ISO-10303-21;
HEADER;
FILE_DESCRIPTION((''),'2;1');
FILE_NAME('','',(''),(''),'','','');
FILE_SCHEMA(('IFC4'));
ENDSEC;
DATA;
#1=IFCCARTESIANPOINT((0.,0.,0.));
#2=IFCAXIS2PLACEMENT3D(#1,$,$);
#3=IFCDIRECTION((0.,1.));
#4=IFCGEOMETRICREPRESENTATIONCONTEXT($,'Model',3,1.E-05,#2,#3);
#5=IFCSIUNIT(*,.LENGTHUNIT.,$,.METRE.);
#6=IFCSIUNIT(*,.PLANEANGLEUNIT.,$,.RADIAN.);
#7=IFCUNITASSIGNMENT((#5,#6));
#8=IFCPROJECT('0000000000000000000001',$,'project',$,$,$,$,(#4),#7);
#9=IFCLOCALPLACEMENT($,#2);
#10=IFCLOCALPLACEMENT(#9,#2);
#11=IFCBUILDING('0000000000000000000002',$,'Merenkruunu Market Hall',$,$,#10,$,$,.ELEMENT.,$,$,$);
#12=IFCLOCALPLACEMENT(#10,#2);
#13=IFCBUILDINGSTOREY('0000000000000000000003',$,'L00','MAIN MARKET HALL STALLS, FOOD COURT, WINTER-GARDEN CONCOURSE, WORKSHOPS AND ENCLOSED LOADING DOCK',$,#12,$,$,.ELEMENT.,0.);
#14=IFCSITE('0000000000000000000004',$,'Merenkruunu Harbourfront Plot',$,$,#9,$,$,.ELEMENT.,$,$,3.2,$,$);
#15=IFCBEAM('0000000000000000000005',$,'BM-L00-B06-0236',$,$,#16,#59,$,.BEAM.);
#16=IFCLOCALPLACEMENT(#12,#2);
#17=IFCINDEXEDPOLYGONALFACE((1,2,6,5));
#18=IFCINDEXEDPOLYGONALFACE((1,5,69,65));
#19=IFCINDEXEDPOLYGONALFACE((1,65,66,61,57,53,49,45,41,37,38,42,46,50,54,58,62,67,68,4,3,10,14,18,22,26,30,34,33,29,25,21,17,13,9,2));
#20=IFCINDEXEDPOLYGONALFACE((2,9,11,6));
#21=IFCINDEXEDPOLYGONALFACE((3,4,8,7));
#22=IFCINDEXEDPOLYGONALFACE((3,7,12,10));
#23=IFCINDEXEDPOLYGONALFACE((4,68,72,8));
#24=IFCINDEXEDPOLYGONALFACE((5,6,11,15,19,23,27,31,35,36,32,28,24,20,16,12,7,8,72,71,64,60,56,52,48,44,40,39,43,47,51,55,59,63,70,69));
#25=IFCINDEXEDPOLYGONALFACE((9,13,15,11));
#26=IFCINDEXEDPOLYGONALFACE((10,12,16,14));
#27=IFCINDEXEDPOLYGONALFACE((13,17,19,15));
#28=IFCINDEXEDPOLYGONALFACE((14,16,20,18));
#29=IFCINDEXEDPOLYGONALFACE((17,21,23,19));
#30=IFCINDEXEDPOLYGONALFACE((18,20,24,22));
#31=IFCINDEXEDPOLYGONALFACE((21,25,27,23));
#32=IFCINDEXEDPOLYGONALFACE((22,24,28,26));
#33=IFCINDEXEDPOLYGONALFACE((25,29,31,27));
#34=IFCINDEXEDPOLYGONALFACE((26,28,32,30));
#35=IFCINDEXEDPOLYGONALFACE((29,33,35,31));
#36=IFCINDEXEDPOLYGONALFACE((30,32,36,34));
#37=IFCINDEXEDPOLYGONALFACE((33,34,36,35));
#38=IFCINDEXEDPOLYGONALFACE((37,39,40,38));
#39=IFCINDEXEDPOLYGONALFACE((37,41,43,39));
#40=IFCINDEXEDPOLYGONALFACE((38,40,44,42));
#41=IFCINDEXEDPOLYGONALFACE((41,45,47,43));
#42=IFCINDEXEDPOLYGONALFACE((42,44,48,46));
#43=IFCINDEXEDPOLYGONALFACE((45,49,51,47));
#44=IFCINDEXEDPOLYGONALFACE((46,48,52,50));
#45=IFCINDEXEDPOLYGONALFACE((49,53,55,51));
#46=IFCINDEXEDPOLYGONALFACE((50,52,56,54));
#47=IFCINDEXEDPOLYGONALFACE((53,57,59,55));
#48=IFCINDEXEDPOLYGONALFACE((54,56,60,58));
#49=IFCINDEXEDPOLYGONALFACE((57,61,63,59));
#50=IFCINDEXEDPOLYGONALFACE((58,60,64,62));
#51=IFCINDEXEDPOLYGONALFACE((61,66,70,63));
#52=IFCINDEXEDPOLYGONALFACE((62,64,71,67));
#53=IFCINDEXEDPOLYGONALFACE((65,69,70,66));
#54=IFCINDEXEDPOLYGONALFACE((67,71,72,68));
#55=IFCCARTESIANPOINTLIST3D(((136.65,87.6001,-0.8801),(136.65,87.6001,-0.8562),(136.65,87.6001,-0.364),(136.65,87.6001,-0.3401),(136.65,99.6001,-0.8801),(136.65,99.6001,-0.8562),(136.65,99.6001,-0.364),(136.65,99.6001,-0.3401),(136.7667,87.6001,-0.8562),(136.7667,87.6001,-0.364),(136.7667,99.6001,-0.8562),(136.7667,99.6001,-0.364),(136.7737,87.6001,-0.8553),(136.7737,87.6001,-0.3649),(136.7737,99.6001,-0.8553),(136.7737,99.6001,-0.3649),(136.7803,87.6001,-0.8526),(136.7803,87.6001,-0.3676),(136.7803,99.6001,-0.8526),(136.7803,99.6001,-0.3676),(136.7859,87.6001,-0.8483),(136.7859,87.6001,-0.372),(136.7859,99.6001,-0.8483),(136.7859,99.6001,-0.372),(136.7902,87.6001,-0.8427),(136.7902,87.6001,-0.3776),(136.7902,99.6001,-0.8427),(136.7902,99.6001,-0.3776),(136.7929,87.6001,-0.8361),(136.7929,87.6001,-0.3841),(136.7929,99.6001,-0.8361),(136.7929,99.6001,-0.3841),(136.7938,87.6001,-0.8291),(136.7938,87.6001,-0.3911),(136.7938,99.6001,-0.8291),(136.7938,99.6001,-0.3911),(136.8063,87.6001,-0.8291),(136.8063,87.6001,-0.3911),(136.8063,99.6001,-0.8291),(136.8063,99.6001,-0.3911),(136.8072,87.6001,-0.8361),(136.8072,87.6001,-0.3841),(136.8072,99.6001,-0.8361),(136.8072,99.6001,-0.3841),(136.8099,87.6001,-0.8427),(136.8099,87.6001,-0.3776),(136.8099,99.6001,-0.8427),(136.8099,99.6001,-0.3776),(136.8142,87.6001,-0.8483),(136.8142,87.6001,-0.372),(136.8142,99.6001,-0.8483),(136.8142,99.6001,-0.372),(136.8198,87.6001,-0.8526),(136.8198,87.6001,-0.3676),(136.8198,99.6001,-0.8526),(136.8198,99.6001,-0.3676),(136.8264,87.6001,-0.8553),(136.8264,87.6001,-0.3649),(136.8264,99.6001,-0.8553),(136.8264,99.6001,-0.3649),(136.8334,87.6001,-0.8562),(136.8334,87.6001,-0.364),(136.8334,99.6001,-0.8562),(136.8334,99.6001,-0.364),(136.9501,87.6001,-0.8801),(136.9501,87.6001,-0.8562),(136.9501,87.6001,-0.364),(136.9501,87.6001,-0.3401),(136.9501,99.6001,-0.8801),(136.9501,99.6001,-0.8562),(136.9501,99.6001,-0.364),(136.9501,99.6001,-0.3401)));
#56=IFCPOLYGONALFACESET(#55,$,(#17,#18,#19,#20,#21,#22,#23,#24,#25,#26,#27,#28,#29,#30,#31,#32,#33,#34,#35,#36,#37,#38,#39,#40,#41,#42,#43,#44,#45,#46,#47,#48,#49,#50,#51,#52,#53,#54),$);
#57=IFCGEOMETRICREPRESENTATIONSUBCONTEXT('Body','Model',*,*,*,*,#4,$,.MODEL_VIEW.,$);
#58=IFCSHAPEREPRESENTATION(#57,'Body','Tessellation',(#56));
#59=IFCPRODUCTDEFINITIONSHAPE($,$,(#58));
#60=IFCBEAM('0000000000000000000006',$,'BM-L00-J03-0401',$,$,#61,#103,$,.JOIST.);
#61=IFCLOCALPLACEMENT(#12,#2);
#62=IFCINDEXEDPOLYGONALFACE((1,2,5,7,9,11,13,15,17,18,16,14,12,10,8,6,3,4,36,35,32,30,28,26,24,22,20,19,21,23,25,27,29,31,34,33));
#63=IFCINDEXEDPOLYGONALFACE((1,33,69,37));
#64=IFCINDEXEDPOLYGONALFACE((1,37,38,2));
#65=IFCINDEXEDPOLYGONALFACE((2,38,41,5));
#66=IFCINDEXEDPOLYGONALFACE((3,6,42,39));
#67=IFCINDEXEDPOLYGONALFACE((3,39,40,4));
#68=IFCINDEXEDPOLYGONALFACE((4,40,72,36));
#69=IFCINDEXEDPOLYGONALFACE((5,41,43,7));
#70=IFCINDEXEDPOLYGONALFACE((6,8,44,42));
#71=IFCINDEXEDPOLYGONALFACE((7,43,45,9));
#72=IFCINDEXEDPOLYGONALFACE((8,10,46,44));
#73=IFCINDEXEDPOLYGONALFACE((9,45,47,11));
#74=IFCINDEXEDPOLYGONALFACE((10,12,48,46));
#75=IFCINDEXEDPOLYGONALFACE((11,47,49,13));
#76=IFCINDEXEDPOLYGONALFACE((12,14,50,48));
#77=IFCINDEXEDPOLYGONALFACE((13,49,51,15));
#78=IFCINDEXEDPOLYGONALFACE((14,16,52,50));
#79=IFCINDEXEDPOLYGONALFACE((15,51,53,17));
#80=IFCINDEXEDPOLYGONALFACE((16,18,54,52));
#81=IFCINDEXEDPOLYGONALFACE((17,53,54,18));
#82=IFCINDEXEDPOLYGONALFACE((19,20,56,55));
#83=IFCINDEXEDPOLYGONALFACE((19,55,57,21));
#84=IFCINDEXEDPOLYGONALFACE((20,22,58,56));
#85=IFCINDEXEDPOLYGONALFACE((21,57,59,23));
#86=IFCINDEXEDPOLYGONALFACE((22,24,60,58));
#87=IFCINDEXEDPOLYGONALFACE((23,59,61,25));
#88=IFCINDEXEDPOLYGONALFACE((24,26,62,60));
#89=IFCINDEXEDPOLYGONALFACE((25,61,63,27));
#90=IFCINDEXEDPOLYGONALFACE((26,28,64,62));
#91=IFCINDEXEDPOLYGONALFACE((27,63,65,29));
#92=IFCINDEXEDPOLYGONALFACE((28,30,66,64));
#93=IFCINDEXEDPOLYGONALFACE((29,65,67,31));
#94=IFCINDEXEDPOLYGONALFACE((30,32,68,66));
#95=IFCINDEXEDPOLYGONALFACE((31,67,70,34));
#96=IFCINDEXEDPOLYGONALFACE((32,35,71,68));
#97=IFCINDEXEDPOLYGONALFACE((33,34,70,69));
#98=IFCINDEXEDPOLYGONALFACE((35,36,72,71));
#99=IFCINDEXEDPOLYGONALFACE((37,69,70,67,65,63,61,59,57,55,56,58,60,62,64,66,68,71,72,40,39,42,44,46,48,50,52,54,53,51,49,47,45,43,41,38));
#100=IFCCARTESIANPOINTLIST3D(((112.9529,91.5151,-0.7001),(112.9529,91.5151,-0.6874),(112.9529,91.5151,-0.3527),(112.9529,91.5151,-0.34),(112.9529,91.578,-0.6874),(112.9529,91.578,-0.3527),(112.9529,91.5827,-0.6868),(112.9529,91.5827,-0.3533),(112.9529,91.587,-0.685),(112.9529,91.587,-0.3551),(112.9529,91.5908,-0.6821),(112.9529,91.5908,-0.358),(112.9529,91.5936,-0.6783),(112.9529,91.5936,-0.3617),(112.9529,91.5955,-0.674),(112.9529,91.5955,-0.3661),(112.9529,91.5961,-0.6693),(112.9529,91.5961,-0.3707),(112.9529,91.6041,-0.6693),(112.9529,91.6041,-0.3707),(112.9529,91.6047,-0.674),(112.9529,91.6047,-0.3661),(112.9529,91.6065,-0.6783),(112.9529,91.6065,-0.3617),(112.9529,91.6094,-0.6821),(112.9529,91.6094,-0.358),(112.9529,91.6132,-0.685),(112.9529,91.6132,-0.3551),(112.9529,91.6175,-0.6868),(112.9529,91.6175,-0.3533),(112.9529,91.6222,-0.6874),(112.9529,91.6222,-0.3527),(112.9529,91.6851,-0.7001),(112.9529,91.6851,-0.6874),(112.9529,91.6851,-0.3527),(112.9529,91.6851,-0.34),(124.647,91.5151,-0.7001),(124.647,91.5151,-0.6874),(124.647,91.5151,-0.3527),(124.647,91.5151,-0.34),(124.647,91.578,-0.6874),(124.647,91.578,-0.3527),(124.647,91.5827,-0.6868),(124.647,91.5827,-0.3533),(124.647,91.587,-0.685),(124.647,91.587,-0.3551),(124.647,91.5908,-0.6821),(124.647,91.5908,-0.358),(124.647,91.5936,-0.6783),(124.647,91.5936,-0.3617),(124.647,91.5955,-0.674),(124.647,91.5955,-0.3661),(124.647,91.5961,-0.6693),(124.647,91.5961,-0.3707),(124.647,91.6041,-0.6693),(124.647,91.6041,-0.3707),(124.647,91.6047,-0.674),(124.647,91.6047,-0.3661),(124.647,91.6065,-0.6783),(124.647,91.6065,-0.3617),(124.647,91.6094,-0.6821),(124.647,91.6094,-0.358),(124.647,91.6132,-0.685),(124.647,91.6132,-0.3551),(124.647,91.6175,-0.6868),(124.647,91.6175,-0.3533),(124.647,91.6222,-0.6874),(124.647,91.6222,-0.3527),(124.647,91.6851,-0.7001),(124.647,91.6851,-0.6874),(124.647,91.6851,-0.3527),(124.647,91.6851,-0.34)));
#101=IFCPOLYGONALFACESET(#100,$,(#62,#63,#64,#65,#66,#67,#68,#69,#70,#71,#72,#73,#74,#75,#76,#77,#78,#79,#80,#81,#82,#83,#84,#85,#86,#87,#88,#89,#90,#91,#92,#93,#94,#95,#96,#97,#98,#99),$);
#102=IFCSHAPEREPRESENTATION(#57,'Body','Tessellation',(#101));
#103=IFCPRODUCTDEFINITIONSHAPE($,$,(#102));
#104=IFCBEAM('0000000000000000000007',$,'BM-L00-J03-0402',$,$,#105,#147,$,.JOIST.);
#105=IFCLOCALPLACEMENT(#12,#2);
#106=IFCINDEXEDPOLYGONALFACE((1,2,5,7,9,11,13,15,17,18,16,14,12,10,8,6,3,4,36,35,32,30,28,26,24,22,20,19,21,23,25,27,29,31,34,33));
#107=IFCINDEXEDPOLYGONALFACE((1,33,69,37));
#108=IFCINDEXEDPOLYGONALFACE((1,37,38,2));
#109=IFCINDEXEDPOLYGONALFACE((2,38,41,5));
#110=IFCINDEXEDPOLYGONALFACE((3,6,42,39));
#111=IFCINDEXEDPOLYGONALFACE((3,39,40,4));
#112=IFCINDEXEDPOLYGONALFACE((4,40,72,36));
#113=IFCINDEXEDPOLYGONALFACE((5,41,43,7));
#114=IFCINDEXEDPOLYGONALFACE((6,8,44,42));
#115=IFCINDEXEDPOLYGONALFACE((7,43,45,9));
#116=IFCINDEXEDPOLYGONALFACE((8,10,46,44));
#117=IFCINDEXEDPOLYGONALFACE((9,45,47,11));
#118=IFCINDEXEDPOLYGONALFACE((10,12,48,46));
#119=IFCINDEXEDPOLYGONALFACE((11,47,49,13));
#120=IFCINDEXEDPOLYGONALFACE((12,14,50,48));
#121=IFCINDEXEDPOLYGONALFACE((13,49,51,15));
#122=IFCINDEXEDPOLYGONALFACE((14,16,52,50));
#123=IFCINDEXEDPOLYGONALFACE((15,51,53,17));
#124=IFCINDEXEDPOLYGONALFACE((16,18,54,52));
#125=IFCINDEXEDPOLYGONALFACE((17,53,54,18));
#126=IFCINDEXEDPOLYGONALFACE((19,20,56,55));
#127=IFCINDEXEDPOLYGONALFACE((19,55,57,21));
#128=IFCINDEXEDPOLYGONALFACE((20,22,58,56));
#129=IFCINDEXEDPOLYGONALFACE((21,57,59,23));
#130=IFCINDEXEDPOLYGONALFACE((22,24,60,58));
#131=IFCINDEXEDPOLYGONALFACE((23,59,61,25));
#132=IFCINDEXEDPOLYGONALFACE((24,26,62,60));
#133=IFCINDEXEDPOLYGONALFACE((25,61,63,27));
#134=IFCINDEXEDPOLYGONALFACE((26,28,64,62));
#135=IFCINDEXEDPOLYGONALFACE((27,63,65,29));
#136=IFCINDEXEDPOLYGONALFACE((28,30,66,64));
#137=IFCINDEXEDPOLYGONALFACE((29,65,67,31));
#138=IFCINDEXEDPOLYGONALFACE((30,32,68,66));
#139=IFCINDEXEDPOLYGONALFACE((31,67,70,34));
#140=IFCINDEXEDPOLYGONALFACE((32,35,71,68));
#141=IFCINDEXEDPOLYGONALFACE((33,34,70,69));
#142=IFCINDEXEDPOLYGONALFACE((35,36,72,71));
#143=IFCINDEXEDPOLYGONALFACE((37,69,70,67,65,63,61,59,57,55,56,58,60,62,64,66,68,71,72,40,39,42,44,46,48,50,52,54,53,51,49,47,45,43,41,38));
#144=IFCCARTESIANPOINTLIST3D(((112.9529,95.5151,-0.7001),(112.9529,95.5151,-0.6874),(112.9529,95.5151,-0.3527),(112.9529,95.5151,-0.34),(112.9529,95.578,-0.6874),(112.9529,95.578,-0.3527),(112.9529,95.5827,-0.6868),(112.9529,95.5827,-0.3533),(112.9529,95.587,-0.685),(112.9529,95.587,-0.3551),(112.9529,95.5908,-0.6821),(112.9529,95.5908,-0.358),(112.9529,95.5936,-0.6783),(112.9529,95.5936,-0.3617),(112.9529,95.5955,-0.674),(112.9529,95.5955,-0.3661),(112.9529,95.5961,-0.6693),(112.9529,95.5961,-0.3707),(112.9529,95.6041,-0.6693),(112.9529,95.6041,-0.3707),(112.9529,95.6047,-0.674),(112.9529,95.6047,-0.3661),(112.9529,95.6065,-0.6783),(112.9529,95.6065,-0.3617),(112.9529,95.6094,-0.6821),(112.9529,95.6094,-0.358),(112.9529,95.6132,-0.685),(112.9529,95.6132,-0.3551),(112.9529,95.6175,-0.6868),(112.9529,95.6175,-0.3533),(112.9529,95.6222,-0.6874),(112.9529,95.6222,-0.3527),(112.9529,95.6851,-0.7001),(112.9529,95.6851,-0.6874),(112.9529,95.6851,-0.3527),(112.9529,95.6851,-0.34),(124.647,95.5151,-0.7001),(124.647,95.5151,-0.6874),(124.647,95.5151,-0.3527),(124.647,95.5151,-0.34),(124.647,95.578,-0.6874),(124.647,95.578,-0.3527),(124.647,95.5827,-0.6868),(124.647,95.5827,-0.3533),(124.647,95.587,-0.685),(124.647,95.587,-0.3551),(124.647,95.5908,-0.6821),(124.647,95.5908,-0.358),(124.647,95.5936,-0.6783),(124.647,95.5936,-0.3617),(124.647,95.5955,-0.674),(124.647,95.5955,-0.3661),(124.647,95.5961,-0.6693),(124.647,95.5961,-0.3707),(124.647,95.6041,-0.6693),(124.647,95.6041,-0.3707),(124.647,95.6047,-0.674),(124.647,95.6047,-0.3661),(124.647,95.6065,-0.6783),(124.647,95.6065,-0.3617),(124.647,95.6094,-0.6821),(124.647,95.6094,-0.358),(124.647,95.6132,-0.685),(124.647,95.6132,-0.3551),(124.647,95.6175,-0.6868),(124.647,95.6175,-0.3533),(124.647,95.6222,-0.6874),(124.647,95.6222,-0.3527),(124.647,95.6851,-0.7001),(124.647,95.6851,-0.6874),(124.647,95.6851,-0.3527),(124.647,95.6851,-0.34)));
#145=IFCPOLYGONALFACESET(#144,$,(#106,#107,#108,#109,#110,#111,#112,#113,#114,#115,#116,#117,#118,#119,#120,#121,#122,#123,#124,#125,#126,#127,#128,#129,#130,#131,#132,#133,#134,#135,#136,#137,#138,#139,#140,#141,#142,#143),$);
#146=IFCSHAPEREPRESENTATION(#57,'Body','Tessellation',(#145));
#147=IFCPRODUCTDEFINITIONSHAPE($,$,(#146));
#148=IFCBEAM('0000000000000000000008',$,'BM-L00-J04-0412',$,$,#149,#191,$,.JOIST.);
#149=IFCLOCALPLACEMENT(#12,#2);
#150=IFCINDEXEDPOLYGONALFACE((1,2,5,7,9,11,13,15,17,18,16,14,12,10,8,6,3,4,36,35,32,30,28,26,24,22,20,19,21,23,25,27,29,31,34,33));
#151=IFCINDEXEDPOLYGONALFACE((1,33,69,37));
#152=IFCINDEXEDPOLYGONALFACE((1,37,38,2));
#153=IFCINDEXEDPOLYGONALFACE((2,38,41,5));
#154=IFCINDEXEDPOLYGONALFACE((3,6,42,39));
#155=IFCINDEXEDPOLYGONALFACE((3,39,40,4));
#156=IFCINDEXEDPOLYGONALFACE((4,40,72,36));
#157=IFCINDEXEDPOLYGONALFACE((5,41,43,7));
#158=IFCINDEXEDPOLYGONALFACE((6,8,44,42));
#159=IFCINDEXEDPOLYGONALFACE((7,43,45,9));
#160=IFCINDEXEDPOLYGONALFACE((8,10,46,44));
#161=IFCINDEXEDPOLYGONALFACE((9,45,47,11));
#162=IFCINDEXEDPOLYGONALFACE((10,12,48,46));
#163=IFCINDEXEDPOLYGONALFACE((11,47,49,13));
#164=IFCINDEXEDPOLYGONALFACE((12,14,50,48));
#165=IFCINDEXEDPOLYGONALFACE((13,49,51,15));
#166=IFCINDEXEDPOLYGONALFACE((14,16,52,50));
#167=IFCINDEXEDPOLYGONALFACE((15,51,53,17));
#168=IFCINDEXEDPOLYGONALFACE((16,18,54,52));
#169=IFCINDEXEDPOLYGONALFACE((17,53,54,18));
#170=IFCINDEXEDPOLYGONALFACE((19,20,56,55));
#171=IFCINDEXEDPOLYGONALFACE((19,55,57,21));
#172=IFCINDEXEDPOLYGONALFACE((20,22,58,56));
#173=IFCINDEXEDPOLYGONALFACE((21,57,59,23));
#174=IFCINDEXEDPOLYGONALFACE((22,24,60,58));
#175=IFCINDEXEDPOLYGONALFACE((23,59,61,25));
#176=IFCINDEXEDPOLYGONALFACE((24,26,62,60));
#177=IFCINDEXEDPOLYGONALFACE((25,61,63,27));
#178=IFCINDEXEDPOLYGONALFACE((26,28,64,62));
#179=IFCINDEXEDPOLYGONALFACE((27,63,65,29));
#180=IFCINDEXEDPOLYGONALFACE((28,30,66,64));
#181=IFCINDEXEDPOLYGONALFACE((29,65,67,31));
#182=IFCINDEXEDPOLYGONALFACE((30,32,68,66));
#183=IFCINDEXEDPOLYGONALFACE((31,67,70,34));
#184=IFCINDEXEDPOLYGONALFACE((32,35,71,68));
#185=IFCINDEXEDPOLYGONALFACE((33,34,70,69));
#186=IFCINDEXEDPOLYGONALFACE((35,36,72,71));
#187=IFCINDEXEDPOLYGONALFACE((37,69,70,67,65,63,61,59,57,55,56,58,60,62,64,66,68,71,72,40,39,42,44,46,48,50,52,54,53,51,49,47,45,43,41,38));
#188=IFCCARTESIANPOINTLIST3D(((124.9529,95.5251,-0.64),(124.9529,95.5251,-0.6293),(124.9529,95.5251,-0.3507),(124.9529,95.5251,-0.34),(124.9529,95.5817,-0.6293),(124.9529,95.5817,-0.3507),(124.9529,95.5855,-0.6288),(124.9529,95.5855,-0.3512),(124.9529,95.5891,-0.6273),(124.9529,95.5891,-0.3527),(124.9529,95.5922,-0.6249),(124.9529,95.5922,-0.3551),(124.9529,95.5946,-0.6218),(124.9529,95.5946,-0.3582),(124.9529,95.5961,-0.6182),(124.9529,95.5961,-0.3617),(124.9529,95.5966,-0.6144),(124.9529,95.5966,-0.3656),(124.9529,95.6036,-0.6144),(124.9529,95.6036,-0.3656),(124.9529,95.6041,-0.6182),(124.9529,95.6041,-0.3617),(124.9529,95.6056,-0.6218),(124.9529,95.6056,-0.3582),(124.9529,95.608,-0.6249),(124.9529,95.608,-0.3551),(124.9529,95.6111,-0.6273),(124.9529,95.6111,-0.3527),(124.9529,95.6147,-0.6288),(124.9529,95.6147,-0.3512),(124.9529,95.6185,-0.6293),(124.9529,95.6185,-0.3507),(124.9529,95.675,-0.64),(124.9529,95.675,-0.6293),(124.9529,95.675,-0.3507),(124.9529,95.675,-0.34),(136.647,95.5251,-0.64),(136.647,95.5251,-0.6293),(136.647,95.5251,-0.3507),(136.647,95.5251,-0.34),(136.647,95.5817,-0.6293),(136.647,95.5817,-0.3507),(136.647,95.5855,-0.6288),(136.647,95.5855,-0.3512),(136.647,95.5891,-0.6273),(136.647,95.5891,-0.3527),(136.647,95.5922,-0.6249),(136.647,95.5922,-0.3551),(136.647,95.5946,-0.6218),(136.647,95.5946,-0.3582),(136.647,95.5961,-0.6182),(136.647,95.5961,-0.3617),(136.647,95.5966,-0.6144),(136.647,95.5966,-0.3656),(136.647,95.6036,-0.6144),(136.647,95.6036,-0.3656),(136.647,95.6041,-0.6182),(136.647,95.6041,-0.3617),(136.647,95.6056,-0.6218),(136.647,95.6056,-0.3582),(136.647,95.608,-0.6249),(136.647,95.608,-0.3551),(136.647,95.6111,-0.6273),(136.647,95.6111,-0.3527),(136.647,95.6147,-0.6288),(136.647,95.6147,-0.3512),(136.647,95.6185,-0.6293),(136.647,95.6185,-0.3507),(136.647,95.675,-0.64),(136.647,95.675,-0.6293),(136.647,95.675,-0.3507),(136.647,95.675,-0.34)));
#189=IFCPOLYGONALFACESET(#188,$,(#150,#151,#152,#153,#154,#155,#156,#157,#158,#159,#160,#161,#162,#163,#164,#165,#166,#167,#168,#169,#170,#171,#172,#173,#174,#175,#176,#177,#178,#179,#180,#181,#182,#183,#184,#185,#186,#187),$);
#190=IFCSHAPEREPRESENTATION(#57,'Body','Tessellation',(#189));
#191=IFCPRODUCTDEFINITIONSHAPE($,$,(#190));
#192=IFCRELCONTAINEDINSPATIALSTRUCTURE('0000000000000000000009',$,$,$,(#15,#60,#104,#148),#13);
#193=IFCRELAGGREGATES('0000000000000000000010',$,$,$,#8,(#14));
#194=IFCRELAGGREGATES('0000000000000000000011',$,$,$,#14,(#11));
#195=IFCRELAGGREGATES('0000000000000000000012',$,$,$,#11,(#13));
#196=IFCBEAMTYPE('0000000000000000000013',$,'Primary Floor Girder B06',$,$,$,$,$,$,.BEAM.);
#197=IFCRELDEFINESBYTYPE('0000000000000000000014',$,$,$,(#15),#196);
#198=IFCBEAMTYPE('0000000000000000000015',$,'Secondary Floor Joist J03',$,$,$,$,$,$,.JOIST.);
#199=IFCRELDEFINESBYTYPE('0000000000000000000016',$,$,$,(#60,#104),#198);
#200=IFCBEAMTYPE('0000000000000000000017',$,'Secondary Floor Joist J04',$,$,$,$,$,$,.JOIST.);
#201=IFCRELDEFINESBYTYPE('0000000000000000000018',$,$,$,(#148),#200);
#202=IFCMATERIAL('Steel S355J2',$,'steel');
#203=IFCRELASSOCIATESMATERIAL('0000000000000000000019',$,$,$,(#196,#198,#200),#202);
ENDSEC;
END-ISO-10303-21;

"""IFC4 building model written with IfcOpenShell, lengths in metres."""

from ifc_helpers import new_model, si_unit, direction, frame, origin, origin_2d, place, context, subcontext, project, spatial, i_section, extrude, material, material_profile, profile_set, type_object, element, save


model = new_model("IFC4")

# Units and contexts
model_context = context("Model", 3, precision=1e-05, world=origin(), true_north=direction((0.0, 1.0)))
body_context = subcontext(model_context, "Body", "Model", "MODEL_VIEW")
ifc_project = project(units=[si_unit("LENGTHUNIT", "METRE"), si_unit("PLANEANGLEUNIT", "RADIAN")], contexts=[model_context])

# Site, building, storey
site_placement = place(None, origin())
site = spatial("IfcSite", under=ifc_project, at=site_placement, Name="Merenkruunu Harbourfront Plot", CompositionType="ELEMENT", RefElevation=3.2)
building_placement = place(site_placement, origin())
building = spatial("IfcBuilding", under=site, at=building_placement, Name="Merenkruunu Market Hall", CompositionType="ELEMENT")
storey_placement = place(building_placement, origin())
storey = spatial("IfcBuildingStorey", under=building, at=storey_placement, Name="L00", Description="MAIN MARKET HALL STALLS, FOOD COURT, WINTER-GARDEN CONCOURSE, WORKSHOPS AND ENCLOSED LOADING DOCK", CompositionType="ELEMENT", Elevation=0.0)

# Shared definitions
ifc_material_1 = material(Name="Steel S355J2", Category="steel")

# Beams
ifc_material_profile_1 = material_profile(ifc_material_1, i_section(OverallWidth=0.3, OverallDepth=0.54, WebThickness=0.0125, FlangeThickness=0.0239, FilletRadius=0.0271, at=origin_2d()), Name="HEA 550")
ifc_profile_set_1 = profile_set([ifc_material_profile_1], Name="Steel S355J2")
beam_type_1 = type_object("IfcBeamType", Name="Primary Floor Girder B06", PredefinedType="BEAM", material=ifc_profile_set_1)
beam_1_placement = place(storey_placement, frame((136.8, 87.6001, -0.6101), z_axis=(0.0, 1.0, 0.0), x_axis=(-1.0, 0.0, 0.0)))
element("IfcBeam", 1, at=beam_1_placement, inside=storey, type_object=beam_type_1, Name="BM-L00-B06-0236", PredefinedType="BEAM", context=body_context, shape_type="SweptSolid", body=[
    extrude(i_section(OverallWidth=0.3, OverallDepth=0.54, WebThickness=0.0125, FlangeThickness=0.0239, FilletRadius=0.0271, at=origin_2d()), origin(), (0.0, 0.0, 1.0), 12.0),
])
ifc_material_profile_2 = material_profile(ifc_material_1, i_section(OverallWidth=0.1699, OverallDepth=0.3601, WebThickness=0.0081, FlangeThickness=0.0127, FilletRadius=0.0181, at=origin_2d()), Name="IPE 360")
ifc_profile_set_2 = profile_set([ifc_material_profile_2], Name="Steel S355J2")
beam_type_2 = type_object("IfcBeamType", Name="Secondary Floor Joist J03", PredefinedType="JOIST", material=ifc_profile_set_2)
for number, where, z_axis, x_axis, name in (
    (2, (112.9529, 91.6001, -0.52), (1.0, 0.0, 0.0), (0.0, 1.0, 0.0), "BM-L00-J03-0401"),
    (3, (112.9529, 95.6001, -0.52), (1.0, 0.0, 0.0), (0.0, 1.0, 0.0), "BM-L00-J03-0402"),
):
    element("IfcBeam", number, at=place(storey_placement, frame(where, z_axis=z_axis, x_axis=x_axis)), inside=storey, type_object=beam_type_2, Name=name, PredefinedType="JOIST", context=body_context, shape_type="SweptSolid", body=[
        extrude(i_section(OverallWidth=0.1699, OverallDepth=0.3601, WebThickness=0.0081, FlangeThickness=0.0127, FilletRadius=0.0181, at=origin_2d()), origin(), (0.0, 0.0, 1.0), 11.6941),
    ])
ifc_material_profile_3 = material_profile(ifc_material_1, i_section(OverallWidth=0.1499, OverallDepth=0.3, WebThickness=0.0071, FlangeThickness=0.0107, FilletRadius=0.0149, at=origin_2d()), Name="IPE 300")
ifc_profile_set_3 = profile_set([ifc_material_profile_3], Name="Steel S355J2")
beam_type_3 = type_object("IfcBeamType", Name="Secondary Floor Joist J04", PredefinedType="JOIST", material=ifc_profile_set_3)
beam_2_placement = place(storey_placement, frame((124.9529, 95.6001, -0.49), z_axis=(1.0, 0.0, 0.0), x_axis=(0.0, 1.0, 0.0)))
element("IfcBeam", 4, at=beam_2_placement, inside=storey, type_object=beam_type_3, Name="BM-L00-J04-0412", PredefinedType="JOIST", context=body_context, shape_type="SweptSolid", body=[
    extrude(i_section(OverallWidth=0.1499, OverallDepth=0.3, WebThickness=0.0071, FlangeThickness=0.0107, FilletRadius=0.0149, at=origin_2d()), origin(), (0.0, 0.0, 1.0), 11.6941),
])

save(model, "model.ifc")
